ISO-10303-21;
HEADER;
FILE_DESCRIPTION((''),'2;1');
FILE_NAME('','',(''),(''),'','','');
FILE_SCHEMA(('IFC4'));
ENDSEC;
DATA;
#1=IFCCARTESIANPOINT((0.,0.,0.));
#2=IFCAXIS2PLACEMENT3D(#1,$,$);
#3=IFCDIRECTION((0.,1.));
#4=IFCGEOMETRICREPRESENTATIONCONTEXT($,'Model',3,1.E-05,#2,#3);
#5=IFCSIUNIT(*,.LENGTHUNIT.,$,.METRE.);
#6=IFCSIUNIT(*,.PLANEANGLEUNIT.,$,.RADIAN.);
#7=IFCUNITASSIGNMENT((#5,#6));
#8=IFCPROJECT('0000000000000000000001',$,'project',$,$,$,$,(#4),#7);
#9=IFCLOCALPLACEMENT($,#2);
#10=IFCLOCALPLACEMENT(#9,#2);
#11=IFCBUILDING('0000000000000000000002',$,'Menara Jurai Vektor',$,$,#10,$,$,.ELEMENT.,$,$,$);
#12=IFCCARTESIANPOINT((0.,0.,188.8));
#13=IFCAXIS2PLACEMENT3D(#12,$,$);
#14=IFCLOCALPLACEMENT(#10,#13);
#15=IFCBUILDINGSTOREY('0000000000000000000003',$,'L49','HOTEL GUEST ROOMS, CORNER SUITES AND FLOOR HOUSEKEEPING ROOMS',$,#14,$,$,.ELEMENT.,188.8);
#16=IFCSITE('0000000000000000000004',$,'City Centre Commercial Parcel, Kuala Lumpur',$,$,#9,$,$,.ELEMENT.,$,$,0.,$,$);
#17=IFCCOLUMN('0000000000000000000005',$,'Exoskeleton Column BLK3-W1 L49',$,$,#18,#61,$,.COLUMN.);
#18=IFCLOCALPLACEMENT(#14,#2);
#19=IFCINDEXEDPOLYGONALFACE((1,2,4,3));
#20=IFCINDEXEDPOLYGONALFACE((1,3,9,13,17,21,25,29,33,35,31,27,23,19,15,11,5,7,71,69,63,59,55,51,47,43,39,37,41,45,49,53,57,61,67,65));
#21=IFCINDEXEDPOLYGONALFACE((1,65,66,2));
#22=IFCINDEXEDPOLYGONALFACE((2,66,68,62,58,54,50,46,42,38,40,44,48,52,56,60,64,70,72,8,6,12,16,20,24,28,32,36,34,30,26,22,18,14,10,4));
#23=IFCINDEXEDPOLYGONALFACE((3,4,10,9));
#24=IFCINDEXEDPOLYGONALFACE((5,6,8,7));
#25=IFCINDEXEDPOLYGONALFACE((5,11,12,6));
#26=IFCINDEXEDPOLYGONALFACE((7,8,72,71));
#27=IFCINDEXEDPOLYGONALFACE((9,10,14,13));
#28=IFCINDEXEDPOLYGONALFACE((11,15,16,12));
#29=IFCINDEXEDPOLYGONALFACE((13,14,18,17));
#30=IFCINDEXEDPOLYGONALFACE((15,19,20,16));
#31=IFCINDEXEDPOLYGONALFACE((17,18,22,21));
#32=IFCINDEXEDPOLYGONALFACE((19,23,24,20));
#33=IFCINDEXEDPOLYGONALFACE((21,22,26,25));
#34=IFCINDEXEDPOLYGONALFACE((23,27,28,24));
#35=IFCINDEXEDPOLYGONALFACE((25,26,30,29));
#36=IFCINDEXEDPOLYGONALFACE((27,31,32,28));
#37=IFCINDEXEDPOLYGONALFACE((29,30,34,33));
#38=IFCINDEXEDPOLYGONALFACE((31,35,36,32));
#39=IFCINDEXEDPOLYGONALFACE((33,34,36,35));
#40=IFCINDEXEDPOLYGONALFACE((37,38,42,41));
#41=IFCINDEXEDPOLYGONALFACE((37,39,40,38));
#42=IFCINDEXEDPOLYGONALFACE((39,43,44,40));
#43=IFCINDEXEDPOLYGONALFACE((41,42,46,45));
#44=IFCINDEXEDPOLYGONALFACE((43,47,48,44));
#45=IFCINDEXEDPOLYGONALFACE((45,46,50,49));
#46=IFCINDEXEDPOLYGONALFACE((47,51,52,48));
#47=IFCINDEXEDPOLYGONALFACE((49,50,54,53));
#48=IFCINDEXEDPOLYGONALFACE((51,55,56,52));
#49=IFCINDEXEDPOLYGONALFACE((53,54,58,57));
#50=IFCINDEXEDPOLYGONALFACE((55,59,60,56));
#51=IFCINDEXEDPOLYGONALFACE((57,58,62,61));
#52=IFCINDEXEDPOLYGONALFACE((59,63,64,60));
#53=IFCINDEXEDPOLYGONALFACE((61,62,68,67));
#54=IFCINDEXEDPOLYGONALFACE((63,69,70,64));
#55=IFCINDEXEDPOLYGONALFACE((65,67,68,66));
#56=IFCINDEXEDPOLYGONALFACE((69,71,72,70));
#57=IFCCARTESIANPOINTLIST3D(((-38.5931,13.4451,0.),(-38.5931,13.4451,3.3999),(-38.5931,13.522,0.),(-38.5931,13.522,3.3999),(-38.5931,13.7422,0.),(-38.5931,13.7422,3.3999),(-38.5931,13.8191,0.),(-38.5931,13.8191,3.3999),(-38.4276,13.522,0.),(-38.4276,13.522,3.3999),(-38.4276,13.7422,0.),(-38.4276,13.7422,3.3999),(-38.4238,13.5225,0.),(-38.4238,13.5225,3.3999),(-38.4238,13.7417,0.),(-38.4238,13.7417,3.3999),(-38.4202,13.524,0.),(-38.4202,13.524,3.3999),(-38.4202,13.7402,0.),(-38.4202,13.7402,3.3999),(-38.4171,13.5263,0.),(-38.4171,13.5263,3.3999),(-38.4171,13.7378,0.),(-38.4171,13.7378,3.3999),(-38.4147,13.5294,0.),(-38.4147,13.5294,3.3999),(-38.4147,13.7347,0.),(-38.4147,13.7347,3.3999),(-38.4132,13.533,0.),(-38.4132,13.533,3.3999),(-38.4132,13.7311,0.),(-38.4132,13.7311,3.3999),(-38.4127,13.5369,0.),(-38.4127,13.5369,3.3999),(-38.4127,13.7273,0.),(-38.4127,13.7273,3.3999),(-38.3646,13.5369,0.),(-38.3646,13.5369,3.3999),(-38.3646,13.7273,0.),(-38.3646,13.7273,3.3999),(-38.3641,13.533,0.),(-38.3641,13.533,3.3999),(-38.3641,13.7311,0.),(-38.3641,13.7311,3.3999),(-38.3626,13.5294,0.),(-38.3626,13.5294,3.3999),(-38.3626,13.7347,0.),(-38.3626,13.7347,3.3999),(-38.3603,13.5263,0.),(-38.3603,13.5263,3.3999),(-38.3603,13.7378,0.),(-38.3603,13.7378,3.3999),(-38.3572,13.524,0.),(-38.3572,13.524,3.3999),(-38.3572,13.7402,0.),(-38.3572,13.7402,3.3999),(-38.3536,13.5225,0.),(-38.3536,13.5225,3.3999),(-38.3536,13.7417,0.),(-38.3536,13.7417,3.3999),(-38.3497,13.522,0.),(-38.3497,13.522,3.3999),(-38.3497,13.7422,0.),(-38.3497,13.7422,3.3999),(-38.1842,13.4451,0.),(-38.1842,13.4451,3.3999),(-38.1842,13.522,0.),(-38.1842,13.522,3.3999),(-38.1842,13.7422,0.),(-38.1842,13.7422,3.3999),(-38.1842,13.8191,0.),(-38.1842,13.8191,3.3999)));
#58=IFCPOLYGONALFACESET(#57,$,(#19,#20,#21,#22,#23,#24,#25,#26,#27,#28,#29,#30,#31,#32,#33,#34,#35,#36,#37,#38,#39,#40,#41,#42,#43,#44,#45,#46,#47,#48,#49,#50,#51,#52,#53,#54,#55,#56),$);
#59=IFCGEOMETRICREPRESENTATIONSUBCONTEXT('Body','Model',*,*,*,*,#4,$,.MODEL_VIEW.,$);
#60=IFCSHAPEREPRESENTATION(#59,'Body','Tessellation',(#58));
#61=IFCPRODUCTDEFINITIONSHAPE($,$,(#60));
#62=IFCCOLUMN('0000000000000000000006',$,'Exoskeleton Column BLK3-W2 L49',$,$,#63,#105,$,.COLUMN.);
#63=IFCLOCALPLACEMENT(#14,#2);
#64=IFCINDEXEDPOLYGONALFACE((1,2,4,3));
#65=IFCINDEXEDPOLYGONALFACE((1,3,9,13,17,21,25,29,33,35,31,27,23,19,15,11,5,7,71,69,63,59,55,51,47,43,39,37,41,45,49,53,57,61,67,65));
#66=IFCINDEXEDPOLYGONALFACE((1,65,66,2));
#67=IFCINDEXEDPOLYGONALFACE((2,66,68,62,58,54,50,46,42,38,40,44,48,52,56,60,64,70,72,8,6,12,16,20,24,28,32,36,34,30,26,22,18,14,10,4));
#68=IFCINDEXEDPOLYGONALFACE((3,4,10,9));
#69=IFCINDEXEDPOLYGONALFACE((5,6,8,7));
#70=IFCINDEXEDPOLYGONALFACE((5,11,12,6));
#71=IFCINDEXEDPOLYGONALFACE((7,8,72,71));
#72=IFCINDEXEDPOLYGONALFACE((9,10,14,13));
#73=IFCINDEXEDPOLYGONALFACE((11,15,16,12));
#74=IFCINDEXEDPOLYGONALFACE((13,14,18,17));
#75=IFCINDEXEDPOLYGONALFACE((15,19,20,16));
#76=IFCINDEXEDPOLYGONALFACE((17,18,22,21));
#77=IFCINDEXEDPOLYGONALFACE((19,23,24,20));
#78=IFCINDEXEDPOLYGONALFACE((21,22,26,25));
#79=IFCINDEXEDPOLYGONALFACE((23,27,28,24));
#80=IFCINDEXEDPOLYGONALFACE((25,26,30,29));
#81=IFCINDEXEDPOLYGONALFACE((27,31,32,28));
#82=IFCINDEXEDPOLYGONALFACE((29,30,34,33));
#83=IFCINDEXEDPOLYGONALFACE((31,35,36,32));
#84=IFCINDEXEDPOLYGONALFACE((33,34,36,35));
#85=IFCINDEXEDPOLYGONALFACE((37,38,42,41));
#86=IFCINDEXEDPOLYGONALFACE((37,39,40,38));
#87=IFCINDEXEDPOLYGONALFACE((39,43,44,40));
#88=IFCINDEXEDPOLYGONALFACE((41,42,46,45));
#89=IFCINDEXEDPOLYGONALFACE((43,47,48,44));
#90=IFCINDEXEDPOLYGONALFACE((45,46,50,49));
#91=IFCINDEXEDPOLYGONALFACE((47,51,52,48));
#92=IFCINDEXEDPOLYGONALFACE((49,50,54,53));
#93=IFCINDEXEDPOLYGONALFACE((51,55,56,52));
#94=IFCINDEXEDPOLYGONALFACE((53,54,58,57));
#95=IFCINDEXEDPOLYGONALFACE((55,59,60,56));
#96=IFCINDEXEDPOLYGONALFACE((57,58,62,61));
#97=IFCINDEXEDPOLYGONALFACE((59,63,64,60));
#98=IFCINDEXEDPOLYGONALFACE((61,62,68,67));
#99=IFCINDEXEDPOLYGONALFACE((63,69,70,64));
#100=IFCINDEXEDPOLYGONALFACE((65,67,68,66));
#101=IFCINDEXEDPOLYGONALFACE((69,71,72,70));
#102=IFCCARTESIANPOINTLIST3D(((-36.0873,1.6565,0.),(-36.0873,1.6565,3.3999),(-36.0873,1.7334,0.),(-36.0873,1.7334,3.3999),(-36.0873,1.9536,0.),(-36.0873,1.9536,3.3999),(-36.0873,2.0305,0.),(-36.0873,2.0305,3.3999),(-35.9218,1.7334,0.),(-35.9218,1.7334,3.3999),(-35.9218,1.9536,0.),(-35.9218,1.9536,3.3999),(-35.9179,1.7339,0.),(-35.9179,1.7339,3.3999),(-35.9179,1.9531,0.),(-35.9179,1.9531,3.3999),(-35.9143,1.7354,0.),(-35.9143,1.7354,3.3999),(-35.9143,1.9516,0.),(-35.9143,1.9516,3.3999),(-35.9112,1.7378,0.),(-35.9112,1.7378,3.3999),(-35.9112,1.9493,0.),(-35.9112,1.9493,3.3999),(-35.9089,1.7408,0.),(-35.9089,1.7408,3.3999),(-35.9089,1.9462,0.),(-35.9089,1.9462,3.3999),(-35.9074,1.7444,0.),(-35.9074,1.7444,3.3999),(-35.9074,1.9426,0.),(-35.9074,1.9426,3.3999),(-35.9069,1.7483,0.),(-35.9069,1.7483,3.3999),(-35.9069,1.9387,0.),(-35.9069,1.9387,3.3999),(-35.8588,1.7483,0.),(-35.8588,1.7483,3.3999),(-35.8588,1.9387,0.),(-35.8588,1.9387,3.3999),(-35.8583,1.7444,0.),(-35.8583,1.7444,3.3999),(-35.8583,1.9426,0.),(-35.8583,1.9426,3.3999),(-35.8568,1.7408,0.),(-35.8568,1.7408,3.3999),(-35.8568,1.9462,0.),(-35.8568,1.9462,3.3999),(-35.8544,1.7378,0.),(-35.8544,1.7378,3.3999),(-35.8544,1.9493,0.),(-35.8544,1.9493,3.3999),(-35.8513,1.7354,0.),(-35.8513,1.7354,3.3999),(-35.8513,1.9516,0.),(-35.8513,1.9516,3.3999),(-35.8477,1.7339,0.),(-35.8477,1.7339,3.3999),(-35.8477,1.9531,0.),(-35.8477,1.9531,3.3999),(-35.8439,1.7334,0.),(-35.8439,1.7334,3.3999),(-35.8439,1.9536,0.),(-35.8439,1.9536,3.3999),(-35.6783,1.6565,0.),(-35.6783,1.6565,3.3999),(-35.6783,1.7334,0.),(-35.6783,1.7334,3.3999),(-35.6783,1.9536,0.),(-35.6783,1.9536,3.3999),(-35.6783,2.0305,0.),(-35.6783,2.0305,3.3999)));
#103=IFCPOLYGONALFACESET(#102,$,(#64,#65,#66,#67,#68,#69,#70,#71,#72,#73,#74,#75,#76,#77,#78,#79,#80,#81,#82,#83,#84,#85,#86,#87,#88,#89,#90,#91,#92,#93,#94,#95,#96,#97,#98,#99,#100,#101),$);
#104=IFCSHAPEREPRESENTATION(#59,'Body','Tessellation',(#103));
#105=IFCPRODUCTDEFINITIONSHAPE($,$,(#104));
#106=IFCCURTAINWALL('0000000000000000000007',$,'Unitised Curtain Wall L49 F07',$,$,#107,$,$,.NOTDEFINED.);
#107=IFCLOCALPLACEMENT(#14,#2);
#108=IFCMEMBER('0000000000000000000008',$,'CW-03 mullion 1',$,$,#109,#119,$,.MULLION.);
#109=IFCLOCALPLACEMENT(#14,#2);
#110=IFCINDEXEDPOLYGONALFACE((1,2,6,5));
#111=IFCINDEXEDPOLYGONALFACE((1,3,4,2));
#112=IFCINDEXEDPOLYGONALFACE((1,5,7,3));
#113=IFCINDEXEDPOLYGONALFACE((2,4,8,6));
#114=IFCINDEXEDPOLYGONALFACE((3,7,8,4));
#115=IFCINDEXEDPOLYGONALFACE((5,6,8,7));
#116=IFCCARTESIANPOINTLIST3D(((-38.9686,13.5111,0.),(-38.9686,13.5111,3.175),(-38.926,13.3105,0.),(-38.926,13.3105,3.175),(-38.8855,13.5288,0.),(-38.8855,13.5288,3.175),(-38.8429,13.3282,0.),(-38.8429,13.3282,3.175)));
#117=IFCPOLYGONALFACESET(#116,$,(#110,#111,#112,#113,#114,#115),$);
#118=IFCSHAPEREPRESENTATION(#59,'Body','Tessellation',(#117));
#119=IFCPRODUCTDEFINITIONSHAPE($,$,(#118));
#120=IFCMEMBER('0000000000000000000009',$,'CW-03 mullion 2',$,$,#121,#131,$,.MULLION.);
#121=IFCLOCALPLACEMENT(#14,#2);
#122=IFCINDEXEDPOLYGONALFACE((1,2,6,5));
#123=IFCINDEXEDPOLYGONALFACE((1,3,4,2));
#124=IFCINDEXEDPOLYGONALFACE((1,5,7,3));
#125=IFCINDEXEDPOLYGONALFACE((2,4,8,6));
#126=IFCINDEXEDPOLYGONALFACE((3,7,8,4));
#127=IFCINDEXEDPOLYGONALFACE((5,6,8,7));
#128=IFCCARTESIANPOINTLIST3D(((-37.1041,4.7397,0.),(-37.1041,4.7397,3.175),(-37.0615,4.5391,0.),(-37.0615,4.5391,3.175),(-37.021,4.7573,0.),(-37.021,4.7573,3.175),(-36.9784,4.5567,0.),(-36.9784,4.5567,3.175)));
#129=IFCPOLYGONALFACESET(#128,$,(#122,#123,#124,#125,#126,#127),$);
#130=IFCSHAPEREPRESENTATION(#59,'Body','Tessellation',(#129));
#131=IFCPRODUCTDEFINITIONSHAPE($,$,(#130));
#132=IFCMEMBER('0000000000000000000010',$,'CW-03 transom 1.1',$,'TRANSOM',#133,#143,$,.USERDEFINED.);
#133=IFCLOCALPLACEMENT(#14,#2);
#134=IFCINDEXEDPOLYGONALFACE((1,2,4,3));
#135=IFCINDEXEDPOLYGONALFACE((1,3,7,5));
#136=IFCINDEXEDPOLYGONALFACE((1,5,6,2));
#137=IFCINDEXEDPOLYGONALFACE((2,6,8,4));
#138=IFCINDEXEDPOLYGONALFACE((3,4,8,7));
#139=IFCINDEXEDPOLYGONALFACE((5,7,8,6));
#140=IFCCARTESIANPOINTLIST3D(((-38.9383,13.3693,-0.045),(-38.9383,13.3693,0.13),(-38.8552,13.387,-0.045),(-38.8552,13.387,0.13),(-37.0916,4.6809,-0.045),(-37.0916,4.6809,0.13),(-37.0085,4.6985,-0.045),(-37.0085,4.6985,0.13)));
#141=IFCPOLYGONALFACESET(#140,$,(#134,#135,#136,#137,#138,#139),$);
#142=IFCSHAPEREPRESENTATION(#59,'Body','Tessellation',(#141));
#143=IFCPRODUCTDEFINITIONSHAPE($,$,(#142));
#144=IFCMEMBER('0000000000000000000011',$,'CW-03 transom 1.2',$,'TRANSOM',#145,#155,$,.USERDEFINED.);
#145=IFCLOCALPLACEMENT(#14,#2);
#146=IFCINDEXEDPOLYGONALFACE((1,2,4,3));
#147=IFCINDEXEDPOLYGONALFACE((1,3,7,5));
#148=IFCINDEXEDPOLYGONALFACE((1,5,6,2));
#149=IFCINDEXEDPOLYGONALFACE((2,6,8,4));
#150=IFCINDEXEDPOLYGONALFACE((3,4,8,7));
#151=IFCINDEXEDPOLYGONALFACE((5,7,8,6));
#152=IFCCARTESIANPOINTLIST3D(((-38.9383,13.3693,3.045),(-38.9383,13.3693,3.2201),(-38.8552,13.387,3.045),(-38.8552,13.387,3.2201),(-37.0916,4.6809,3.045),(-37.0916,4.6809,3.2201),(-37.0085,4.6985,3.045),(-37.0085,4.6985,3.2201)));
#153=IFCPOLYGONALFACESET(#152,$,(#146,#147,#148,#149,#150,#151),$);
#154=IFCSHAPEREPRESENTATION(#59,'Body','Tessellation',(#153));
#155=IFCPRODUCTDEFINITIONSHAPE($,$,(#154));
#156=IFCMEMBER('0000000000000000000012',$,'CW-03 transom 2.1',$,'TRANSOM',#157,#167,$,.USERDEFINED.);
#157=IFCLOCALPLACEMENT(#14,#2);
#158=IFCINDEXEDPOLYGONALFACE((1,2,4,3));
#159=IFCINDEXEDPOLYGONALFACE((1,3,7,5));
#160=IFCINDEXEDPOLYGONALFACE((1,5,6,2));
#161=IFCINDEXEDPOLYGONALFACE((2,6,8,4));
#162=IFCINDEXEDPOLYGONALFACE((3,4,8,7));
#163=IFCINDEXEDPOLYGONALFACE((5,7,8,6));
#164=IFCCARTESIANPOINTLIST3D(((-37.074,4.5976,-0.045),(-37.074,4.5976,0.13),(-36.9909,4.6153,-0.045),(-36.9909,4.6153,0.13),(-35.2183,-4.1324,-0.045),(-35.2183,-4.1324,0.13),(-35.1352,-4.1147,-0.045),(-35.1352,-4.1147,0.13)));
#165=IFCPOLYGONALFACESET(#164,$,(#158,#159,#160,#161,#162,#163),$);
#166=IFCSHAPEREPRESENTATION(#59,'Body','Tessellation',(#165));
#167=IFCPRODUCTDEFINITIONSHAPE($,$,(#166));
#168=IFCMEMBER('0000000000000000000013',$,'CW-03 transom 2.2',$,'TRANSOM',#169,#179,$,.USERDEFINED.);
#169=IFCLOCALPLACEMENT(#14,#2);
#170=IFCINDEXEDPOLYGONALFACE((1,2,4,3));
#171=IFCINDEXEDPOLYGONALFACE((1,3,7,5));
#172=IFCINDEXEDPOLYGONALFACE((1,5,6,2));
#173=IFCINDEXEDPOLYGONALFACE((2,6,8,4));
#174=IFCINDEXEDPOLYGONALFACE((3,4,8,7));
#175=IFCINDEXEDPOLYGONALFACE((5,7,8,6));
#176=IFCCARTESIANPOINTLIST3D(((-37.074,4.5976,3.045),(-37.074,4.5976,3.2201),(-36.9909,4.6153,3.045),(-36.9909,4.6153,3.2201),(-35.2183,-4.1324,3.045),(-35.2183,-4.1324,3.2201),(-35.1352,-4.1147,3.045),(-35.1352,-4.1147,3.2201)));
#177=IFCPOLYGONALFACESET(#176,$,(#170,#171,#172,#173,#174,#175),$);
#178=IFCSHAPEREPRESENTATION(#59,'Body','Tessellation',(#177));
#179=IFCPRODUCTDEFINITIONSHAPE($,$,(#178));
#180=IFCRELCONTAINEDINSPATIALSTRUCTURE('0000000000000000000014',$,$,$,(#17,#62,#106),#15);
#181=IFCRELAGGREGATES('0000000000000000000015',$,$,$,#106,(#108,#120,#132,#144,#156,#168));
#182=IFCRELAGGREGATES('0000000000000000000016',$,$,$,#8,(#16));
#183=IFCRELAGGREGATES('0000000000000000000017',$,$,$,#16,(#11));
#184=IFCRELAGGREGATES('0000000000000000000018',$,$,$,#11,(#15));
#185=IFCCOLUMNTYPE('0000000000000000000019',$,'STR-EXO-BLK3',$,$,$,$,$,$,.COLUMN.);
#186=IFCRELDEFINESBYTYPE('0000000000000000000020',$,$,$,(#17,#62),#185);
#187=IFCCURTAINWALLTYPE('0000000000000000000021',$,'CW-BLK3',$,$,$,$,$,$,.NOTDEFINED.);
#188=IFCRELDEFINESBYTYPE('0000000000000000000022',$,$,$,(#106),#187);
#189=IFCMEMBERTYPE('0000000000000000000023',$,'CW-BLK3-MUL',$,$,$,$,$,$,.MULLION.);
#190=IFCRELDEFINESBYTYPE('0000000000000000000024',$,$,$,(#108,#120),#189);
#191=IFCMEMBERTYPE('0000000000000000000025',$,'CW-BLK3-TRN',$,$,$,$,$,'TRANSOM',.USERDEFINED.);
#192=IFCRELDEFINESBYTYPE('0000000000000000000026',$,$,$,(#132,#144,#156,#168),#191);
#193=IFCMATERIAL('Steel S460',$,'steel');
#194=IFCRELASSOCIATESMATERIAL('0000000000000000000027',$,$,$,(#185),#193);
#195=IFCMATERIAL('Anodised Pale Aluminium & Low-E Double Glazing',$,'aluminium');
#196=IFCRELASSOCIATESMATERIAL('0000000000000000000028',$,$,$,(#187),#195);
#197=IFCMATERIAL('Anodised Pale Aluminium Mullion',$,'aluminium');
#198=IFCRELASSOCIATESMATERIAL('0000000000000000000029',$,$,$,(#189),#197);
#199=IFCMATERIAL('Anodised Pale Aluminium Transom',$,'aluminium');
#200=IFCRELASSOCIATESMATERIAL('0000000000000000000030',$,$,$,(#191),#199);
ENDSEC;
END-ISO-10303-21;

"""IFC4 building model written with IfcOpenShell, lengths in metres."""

from ifc_helpers import new_model, si_unit, direction, frame, origin, origin_2d, place, context, subcontext, project, spatial, rectangle, i_section, extrude, material, material_profile, profile_set, type_object, element, aggregate, save


model = new_model("IFC4")

# Units and contexts
model_context = context("Model", 3, precision=1e-05, world=origin(), true_north=direction((0.0, 1.0)))
body_context = subcontext(model_context, "Body", "Model", "MODEL_VIEW")
ifc_project = project(units=[si_unit("LENGTHUNIT", "METRE"), si_unit("PLANEANGLEUNIT", "RADIAN")], contexts=[model_context])

# Site, building, storey
site_placement = place(None, origin())
site = spatial("IfcSite", under=ifc_project, at=site_placement, Name="City Centre Commercial Parcel, Kuala Lumpur", CompositionType="ELEMENT", RefElevation=0.0)
building_placement = place(site_placement, origin())
building = spatial("IfcBuilding", under=site, at=building_placement, Name="Menara Jurai Vektor", CompositionType="ELEMENT")
storey_placement = place(building_placement, frame((0.0, 0.0, 188.8)))
storey = spatial("IfcBuildingStorey", under=building, at=storey_placement, Name="L49", Description="HOTEL GUEST ROOMS, CORNER SUITES AND FLOOR HOUSEKEEPING ROOMS", CompositionType="ELEMENT", Elevation=188.8)

# Columns
ifc_material_1 = material(Name="Steel S460", Category="steel")
ifc_material_profile_1 = material_profile(ifc_material_1, i_section(OverallWidth=0.4089, OverallDepth=0.374, WebThickness=0.0481, FlangeThickness=0.0769, FilletRadius=0.0149, at=origin_2d()), Name="HD 400x634")
ifc_profile_set_1 = profile_set([ifc_material_profile_1], Name="Steel S460")
column_type = type_object("IfcColumnType", Name="STR-EXO-BLK3", PredefinedType="COLUMN", material=ifc_profile_set_1)
for number, where, z_axis, x_axis, name in (
    (1, (-38.3887, 13.6321, 0.0), (0.0, 0.0, 1.0), (1.0, 0.0, 0.0), "Exoskeleton Column BLK3-W1 L49"),
    (2, (-35.8828, 1.8435, 0.0), (0.0, 0.0, 1.0), (1.0, 0.0, 0.0), "Exoskeleton Column BLK3-W2 L49"),
):
    element("IfcColumn", number, at=place(storey_placement, frame(where, z_axis=z_axis, x_axis=x_axis)), inside=storey, type_object=column_type, Name=name, PredefinedType="COLUMN", context=body_context, shape_type="SweptSolid", body=[
        extrude(i_section(OverallWidth=0.4089, OverallDepth=0.374, WebThickness=0.0481, FlangeThickness=0.0769, FilletRadius=0.0149, at=origin_2d()), origin(), (0.0, 0.0, 1.0), 3.3999),
    ])

# Curtain wall, members
ifc_material_2 = material(Name="Anodised Pale Aluminium & Low-E Double Glazing", Category="aluminium")
curtain_wall_type = type_object("IfcCurtainWallType", Name="CW-BLK3", PredefinedType="NOTDEFINED", material=ifc_material_2)
curtain_wall_placement = place(storey_placement, origin())
curtain_wall = element("IfcCurtainWall", 3, at=curtain_wall_placement, inside=storey, type_object=curtain_wall_type, Name="Unitised Curtain Wall L49 F07", PredefinedType="NOTDEFINED")
ifc_material_3 = material(Name="Anodised Pale Aluminium Mullion", Category="aluminium")
ifc_material_profile_2 = material_profile(ifc_material_3, rectangle(XDim=0.085, YDim=0.2051, at=origin_2d()), Name="ALU MUL 85x205")
ifc_profile_set_2 = profile_set([ifc_material_profile_2], Name="Anodised Pale Aluminium Mullion")
member_type_1 = type_object("IfcMemberType", Name="CW-BLK3-MUL", PredefinedType="MULLION", material=ifc_profile_set_2)
member_1_placement = place(storey_placement, frame((-38.9058, 13.4197, 0.0), z_axis=(0.0, 0.0, 1.0), x_axis=(0.978148, 0.20791, 0.0)))
member_1 = element("IfcMember", 4, at=member_1_placement, type_object=member_type_1, Name="CW-03 mullion 1", PredefinedType="MULLION", context=body_context, shape_type="SweptSolid", body=[
    extrude(rectangle(XDim=0.085, YDim=0.2051, at=origin_2d()), origin(), (0.0, 0.0, 1.0), 3.175),
])
member_2_placement = place(storey_placement, frame((-37.0413, 4.6482, 0.0), z_axis=(0.0, 0.0, 1.0), x_axis=(0.978148, 0.20791, 0.0)))
member_2 = element("IfcMember", 5, at=member_2_placement, type_object=member_type_1, Name="CW-03 mullion 2", PredefinedType="MULLION", context=body_context, shape_type="SweptSolid", body=[
    extrude(rectangle(XDim=0.085, YDim=0.2051, at=origin_2d()), origin(), (0.0, 0.0, 1.0), 3.175),
])
ifc_material_4 = material(Name="Anodised Pale Aluminium Transom", Category="aluminium")
ifc_material_profile_3 = material_profile(ifc_material_4, rectangle(XDim=0.085, YDim=0.175, at=origin_2d()), Name="ALU TRN 85x175")
ifc_profile_set_3 = profile_set([ifc_material_profile_3], Name="Anodised Pale Aluminium Transom")
member_type_2 = type_object("IfcMemberType", Name="CW-BLK3-TRN", ElementType="TRANSOM", PredefinedType="USERDEFINED", material=ifc_profile_set_3)
member_3_placement = place(storey_placement, frame((-38.8967, 13.3782, 0.0425), z_axis=(0.2079, -0.97815, 0.0), x_axis=(0.97815, 0.2079, 0.0)))
member_3 = element("IfcMember", 6, at=member_3_placement, type_object=member_type_2, Name="CW-03 transom 1.1", ObjectType="TRANSOM", PredefinedType="USERDEFINED", context=body_context, shape_type="SweptSolid", body=[
    extrude(rectangle(XDim=0.085, YDim=0.175, at=origin_2d()), origin(), (0.0, 0.0, 1.0), 8.8826),
])
member_4_placement = place(storey_placement, frame((-38.8967, 13.3782, 3.1326), z_axis=(0.2079, -0.97815, 0.0), x_axis=(0.97815, 0.2079, 0.0)))
member_4 = element("IfcMember", 7, at=member_4_placement, type_object=member_type_2, Name="CW-03 transom 1.2", ObjectType="TRANSOM", PredefinedType="USERDEFINED", context=body_context, shape_type="SweptSolid", body=[
    extrude(rectangle(XDim=0.085, YDim=0.175, at=origin_2d()), origin(), (0.0, 0.0, 1.0), 8.8826),
])
member_5_placement = place(storey_placement, frame((-37.0325, 4.6064, 0.0425), z_axis=(0.207922, -0.978145, 0.0), x_axis=(0.978145, 0.207922, 0.0)))
member_5 = element("IfcMember", 8, at=member_5_placement, type_object=member_type_2, Name="CW-03 transom 2.1", ObjectType="TRANSOM", PredefinedType="USERDEFINED", context=body_context, shape_type="SweptSolid", body=[
    extrude(rectangle(XDim=0.085, YDim=0.175, at=origin_2d()), origin(), (0.0, 0.0, 1.0), 8.925),
])
member_6_placement = place(storey_placement, frame((-37.0325, 4.6064, 3.1326), z_axis=(0.207922, -0.978145, 0.0), x_axis=(0.978145, 0.207922, 0.0)))
member_6 = element("IfcMember", 9, at=member_6_placement, type_object=member_type_2, Name="CW-03 transom 2.2", ObjectType="TRANSOM", PredefinedType="USERDEFINED", context=body_context, shape_type="SweptSolid", body=[
    extrude(rectangle(XDim=0.085, YDim=0.175, at=origin_2d()), origin(), (0.0, 0.0, 1.0), 8.925),
])

aggregate(curtain_wall, [member_1, member_2, member_3, member_4, member_5, member_6])

save(model, "model.ifc")
